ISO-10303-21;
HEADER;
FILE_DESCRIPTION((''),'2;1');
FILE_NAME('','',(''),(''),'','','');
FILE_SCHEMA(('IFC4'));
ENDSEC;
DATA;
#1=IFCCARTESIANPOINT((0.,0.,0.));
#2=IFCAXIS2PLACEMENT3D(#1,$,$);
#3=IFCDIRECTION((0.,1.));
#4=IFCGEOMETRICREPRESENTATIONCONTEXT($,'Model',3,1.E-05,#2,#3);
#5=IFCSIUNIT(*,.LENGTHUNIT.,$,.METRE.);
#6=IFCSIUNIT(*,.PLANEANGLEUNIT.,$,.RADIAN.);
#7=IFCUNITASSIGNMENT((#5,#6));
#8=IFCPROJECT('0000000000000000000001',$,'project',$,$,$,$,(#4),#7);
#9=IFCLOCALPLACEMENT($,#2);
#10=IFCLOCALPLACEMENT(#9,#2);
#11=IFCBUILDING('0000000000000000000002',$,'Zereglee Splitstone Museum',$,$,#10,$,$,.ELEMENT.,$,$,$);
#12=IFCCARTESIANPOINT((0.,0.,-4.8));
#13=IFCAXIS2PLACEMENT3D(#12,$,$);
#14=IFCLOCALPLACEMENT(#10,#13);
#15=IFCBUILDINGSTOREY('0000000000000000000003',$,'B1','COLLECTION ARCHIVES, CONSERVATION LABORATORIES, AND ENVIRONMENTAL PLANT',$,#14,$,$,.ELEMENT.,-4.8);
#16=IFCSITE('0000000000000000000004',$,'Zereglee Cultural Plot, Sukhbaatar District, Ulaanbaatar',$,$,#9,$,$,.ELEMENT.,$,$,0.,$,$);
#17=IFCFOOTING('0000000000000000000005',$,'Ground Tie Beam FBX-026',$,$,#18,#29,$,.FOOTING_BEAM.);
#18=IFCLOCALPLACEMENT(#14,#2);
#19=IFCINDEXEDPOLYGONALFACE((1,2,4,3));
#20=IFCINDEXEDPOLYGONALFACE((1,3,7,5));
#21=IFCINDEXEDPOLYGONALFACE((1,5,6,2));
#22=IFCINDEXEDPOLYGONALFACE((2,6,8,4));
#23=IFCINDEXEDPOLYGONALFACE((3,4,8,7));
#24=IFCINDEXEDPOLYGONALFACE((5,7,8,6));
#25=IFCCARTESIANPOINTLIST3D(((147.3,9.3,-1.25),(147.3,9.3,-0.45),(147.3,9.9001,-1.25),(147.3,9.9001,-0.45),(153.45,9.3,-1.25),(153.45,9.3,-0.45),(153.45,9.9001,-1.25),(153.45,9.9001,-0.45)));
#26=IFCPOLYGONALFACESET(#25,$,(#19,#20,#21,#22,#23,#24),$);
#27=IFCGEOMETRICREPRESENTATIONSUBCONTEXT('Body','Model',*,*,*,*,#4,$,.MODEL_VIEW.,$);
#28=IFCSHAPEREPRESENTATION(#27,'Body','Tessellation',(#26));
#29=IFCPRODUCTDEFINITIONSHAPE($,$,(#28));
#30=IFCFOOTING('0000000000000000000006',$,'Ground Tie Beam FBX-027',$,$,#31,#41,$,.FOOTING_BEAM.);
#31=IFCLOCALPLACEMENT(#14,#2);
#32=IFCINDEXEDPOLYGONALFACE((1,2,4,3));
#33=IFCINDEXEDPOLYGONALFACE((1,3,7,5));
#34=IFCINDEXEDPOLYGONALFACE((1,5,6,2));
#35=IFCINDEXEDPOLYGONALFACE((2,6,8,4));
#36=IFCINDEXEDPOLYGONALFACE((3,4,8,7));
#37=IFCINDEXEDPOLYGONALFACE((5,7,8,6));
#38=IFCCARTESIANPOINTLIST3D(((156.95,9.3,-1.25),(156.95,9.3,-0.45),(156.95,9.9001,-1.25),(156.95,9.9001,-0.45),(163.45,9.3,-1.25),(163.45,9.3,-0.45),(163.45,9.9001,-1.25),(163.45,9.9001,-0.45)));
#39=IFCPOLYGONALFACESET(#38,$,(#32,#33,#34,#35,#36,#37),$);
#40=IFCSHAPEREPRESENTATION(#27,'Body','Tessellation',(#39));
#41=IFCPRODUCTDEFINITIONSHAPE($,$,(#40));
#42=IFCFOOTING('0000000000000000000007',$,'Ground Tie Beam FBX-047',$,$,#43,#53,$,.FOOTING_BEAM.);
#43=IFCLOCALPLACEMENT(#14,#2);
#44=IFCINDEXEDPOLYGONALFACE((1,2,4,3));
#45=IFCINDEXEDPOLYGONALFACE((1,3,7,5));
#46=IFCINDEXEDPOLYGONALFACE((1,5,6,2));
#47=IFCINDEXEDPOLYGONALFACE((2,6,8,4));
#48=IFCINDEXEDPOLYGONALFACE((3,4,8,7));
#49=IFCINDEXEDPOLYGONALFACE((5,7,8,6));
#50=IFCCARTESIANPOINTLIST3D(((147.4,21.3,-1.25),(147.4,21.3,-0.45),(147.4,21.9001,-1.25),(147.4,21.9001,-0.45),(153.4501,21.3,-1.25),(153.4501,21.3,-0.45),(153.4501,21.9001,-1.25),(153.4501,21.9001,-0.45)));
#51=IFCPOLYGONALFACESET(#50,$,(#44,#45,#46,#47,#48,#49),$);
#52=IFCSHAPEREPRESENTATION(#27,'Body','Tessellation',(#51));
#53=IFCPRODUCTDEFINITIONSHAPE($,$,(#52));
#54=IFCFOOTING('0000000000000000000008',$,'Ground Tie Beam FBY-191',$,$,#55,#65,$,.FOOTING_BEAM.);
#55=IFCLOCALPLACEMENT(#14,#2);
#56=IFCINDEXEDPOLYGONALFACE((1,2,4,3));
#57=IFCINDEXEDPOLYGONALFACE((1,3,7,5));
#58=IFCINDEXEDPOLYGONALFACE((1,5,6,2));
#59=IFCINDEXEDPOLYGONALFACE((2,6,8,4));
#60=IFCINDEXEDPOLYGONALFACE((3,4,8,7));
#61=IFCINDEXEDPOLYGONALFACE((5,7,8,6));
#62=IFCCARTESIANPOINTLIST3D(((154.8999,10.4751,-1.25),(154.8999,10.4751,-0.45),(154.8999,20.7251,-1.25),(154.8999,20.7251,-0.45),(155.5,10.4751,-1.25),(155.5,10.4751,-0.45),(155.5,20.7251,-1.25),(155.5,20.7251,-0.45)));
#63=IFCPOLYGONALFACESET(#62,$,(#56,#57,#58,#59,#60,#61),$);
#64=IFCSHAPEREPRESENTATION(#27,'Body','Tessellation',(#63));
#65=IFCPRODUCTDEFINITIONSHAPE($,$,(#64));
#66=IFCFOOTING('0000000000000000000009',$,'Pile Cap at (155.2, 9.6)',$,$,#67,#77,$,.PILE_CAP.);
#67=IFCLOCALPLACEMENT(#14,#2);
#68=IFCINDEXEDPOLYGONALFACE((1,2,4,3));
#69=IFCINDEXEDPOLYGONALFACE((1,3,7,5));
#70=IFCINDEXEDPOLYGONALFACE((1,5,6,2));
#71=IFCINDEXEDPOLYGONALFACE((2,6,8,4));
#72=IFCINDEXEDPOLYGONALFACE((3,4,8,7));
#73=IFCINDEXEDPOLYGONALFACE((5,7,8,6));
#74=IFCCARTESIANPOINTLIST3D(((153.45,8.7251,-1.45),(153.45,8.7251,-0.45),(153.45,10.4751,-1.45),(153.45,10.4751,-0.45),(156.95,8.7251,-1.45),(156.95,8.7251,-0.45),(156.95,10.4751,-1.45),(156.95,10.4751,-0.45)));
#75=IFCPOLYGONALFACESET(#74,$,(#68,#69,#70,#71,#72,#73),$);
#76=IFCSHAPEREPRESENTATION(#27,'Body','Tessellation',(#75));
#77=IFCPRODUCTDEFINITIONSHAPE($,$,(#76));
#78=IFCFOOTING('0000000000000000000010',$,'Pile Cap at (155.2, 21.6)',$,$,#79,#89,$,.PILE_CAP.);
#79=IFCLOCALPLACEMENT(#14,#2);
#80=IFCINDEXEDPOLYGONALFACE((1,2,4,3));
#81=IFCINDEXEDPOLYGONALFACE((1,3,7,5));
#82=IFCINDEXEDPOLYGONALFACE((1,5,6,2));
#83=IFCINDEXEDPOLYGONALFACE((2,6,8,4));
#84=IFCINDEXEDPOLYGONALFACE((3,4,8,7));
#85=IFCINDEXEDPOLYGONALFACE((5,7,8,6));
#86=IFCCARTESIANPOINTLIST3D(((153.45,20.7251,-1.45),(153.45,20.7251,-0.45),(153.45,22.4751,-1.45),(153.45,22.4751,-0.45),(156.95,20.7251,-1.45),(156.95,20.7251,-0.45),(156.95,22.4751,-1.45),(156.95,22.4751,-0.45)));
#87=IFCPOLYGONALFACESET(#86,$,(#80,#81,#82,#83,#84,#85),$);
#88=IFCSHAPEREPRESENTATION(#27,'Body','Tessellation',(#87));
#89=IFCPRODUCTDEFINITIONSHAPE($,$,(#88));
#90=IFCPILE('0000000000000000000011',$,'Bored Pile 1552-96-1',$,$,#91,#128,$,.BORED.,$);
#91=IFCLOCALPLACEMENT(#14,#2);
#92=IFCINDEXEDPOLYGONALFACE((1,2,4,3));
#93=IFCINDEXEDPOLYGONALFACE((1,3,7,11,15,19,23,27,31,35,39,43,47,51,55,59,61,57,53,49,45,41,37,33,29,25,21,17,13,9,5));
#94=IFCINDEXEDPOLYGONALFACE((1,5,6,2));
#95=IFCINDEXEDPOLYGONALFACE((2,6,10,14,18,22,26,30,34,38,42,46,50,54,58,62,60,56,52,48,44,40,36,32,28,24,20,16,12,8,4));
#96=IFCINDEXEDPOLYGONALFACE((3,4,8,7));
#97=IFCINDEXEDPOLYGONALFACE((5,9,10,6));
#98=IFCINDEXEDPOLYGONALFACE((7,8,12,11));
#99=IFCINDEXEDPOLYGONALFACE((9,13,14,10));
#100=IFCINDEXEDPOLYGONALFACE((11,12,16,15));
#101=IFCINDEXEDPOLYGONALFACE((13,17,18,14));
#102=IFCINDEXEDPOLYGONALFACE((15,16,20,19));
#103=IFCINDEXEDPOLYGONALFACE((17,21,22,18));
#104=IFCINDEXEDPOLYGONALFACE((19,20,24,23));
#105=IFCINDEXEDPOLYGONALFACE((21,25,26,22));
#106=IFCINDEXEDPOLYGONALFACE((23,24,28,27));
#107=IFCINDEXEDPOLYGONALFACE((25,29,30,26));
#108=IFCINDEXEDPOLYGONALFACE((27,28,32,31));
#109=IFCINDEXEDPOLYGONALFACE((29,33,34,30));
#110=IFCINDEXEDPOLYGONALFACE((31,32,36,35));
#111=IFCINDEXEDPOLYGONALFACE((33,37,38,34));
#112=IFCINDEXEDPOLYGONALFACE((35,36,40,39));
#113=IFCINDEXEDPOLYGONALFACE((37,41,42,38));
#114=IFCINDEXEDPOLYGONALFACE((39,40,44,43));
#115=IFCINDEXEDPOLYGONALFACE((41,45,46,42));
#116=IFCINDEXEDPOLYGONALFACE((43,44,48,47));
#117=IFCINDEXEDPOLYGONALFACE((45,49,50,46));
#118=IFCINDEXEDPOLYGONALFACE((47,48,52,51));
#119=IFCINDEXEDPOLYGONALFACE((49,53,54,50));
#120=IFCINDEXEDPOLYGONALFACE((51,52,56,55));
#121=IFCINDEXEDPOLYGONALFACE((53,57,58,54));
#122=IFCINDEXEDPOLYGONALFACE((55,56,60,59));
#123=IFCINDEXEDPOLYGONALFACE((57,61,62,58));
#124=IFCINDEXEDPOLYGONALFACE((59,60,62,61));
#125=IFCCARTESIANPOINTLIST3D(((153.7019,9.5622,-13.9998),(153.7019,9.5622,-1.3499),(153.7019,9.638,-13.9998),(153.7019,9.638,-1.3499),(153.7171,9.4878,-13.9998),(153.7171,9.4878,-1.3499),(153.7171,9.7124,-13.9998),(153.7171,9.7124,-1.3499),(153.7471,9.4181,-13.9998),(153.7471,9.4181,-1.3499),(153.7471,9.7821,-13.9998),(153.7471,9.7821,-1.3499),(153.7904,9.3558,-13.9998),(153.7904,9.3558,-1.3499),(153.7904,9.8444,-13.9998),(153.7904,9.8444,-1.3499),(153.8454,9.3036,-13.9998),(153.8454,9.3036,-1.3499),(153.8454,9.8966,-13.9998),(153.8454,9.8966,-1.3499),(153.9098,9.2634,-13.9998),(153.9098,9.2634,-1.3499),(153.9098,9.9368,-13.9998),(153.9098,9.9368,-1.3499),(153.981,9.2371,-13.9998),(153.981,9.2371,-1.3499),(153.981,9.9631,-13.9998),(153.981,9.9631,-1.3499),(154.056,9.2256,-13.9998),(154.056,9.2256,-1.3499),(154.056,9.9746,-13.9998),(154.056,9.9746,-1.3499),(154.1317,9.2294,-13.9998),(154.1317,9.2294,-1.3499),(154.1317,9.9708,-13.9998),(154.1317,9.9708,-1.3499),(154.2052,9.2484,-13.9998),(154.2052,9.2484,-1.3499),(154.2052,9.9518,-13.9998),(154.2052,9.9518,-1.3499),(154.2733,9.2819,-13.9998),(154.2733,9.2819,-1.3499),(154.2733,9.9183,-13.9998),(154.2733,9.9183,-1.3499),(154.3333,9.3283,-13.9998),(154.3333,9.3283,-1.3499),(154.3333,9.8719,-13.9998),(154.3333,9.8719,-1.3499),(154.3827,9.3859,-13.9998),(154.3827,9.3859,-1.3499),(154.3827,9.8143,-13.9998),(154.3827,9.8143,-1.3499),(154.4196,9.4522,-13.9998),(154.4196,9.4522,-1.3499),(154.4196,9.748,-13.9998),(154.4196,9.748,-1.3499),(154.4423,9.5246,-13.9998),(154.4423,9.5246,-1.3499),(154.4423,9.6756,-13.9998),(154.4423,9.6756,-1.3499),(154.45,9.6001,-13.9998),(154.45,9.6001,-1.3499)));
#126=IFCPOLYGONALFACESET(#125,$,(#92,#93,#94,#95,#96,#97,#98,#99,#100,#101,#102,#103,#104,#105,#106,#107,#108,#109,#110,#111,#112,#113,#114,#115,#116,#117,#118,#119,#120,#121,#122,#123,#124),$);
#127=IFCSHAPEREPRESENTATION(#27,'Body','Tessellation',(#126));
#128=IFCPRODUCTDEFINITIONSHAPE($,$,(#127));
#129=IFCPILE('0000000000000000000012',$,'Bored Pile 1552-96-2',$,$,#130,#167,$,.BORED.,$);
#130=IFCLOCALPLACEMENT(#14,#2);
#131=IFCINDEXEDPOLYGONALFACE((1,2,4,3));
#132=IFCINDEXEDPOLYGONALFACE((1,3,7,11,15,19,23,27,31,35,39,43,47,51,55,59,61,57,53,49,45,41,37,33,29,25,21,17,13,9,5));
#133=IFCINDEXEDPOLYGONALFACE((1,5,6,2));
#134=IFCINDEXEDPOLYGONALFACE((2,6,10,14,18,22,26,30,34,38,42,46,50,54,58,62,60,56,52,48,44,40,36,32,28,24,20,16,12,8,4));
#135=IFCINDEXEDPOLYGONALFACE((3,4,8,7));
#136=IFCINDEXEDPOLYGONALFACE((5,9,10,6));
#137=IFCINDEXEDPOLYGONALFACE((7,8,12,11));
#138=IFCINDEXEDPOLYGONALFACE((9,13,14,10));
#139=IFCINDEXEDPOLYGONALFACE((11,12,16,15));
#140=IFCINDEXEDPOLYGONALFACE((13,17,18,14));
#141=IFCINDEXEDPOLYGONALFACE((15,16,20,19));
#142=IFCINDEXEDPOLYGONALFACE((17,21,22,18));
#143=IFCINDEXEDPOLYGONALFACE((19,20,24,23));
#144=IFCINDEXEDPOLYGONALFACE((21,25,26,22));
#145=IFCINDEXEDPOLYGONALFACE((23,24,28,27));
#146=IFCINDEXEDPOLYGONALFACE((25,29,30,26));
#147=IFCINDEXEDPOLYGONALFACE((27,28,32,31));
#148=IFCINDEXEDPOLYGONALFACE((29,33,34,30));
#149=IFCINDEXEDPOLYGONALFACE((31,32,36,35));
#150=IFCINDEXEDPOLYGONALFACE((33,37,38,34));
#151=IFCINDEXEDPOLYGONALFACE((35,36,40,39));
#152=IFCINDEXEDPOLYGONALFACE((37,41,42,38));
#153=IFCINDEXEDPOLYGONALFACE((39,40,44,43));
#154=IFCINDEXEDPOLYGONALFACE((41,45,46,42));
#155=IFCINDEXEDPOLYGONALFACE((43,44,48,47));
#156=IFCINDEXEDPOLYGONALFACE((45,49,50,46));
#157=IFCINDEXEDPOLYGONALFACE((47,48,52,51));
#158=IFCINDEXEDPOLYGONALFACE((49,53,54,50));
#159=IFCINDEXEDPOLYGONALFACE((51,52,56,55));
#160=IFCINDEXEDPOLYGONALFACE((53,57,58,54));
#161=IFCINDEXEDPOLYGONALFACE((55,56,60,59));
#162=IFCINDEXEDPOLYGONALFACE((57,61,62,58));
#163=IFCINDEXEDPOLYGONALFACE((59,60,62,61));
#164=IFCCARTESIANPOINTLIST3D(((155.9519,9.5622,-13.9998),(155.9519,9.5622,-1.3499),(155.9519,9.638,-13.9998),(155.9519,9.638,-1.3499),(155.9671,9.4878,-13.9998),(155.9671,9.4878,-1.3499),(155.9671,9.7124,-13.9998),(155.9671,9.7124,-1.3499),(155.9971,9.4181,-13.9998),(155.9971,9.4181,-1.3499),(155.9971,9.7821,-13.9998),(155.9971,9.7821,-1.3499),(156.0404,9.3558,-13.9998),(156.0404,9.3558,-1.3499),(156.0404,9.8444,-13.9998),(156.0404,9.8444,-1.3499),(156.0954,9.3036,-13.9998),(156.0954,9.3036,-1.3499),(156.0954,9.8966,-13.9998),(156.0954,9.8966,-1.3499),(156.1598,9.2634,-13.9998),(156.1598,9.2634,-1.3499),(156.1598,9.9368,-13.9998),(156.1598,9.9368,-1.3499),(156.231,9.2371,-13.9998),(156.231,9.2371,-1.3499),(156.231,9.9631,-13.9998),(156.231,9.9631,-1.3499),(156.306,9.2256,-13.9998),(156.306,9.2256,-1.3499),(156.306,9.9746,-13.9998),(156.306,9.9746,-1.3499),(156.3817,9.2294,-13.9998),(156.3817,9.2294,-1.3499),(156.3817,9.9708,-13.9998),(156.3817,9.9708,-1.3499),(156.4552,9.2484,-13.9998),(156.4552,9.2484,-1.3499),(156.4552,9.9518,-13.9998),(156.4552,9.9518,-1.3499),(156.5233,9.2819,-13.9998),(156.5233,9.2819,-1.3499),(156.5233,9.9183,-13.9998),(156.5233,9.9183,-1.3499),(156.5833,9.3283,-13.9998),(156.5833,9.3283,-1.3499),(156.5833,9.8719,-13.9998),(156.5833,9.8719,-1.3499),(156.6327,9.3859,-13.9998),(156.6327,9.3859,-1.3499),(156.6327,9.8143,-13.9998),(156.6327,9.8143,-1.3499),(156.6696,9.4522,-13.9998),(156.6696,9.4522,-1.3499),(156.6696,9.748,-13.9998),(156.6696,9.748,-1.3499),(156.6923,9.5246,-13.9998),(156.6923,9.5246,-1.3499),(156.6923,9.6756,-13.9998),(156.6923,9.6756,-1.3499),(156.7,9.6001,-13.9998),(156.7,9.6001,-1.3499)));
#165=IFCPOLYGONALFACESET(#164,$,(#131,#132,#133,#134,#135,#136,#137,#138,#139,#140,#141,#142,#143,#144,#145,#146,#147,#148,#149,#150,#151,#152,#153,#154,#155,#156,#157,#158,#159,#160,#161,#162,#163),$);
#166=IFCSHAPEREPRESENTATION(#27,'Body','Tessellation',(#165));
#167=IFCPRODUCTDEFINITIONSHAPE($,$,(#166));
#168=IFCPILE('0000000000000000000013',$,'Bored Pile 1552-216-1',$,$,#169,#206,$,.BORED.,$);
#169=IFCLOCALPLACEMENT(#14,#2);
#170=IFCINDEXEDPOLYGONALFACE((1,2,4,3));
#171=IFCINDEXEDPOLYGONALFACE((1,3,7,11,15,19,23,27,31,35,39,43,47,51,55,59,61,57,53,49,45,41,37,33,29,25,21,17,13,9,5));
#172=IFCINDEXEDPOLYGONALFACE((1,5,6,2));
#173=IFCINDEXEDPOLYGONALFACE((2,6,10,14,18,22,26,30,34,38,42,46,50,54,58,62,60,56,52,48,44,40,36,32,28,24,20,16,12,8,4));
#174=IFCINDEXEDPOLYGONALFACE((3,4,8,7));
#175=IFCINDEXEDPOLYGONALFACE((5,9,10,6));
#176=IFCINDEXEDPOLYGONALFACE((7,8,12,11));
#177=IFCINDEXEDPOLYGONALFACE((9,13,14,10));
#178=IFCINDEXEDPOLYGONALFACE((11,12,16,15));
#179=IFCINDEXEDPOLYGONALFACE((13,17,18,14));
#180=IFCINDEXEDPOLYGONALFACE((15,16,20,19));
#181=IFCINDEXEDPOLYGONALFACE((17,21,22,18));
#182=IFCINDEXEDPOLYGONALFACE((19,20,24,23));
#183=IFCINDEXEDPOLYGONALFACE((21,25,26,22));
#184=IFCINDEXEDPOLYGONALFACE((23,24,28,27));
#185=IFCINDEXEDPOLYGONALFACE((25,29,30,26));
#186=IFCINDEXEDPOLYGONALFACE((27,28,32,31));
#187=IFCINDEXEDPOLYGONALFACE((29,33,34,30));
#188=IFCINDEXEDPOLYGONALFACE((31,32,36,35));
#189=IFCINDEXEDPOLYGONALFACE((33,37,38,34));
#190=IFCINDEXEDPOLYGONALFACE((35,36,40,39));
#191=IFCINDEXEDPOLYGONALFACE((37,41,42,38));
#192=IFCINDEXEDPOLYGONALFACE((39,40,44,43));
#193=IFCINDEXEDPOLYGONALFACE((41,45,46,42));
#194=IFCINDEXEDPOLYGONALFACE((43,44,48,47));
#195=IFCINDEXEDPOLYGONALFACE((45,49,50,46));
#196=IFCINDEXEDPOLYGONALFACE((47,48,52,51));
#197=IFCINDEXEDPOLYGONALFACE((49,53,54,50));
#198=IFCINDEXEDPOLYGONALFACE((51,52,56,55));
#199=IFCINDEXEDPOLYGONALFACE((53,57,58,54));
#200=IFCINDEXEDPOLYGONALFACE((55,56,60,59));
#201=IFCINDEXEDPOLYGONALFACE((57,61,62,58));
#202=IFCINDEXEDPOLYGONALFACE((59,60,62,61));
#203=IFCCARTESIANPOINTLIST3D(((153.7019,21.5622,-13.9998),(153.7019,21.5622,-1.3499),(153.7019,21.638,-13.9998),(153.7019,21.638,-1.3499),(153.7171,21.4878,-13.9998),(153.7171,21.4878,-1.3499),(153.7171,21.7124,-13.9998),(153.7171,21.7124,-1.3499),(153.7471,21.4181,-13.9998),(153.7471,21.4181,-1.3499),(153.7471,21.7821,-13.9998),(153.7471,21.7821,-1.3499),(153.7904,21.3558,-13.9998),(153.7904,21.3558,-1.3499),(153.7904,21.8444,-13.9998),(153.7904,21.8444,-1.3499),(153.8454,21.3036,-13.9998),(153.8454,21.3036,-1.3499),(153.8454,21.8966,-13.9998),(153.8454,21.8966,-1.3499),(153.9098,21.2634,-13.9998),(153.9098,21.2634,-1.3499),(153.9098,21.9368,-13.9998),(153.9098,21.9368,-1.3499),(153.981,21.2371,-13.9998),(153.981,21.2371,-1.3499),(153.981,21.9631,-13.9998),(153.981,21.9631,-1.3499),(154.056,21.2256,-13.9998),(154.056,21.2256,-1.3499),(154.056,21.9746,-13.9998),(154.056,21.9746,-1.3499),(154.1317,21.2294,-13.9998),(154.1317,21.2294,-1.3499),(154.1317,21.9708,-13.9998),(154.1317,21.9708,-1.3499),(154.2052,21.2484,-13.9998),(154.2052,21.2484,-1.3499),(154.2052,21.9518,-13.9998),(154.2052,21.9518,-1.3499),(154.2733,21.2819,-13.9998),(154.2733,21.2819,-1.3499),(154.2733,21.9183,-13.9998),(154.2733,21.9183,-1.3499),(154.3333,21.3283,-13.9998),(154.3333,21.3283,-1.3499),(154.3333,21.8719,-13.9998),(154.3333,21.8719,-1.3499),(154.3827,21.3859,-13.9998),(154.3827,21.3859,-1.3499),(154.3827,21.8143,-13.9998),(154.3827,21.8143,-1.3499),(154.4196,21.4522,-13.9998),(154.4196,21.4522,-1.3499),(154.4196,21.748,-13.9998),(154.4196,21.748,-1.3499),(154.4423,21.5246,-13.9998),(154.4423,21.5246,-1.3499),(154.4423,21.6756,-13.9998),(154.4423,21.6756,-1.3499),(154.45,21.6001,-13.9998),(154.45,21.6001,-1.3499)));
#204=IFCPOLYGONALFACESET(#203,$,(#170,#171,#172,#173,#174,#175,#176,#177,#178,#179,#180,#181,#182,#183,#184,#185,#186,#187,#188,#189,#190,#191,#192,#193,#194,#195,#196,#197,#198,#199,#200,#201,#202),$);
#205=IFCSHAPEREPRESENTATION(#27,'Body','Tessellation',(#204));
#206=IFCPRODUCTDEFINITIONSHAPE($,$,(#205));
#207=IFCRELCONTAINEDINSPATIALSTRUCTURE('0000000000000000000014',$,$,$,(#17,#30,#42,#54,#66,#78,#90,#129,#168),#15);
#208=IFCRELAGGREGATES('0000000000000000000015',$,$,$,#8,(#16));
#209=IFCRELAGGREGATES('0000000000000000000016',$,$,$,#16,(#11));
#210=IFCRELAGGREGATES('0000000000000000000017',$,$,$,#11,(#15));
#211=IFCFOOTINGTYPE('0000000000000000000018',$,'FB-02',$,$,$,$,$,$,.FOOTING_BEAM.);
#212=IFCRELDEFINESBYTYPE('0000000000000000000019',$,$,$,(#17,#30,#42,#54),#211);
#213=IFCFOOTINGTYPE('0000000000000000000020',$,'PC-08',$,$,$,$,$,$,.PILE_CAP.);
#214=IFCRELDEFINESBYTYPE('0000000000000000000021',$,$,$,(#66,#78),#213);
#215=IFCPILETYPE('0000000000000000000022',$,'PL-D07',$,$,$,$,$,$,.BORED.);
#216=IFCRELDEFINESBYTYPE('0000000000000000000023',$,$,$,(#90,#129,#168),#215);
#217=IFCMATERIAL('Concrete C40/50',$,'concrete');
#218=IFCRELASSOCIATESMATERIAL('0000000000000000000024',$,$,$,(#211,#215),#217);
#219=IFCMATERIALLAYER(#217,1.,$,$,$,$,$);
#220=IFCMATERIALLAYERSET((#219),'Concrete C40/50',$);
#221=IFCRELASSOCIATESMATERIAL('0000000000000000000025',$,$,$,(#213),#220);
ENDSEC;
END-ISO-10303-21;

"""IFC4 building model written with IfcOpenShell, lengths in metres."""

from ifc_helpers import new_model, si_unit, direction, frame, origin, origin_2d, place, context, subcontext, project, spatial, rectangle, circle, extrude, material, layer, layer_set, material_profile, profile_set, type_object, element, save


model = new_model("IFC4")

# Units and contexts
model_context = context("Model", 3, precision=1e-05, world=origin(), true_north=direction((0.0, 1.0)))
body_context = subcontext(model_context, "Body", "Model", "MODEL_VIEW")
ifc_project = project(units=[si_unit("LENGTHUNIT", "METRE"), si_unit("PLANEANGLEUNIT", "RADIAN")], contexts=[model_context])

# Site, building, storey
site_placement = place(None, origin())
site = spatial("IfcSite", under=ifc_project, at=site_placement, Name="Zereglee Cultural Plot, Sukhbaatar District, Ulaanbaatar", CompositionType="ELEMENT", RefElevation=0.0)
building_placement = place(site_placement, origin())
building = spatial("IfcBuilding", under=site, at=building_placement, Name="Zereglee Splitstone Museum", CompositionType="ELEMENT")
storey_placement = place(building_placement, frame((0.0, 0.0, -4.8)))
storey = spatial("IfcBuildingStorey", under=building, at=storey_placement, Name="B1", Description="COLLECTION ARCHIVES, CONSERVATION LABORATORIES, AND ENVIRONMENTAL PLANT", CompositionType="ELEMENT", Elevation=-4.8)

# Footings
ifc_material_1 = material(Name="Concrete C40/50", Category="concrete")
footing_type_1 = type_object("IfcFootingType", Name="FB-02", PredefinedType="FOOTING_BEAM", material=ifc_material_1)
footing_1_placement = place(storey_placement, frame((150.375, 9.6001, -1.25), z_axis=(0.0, 0.0, 1.0), x_axis=(1.0, 0.0, 0.0)))
element("IfcFooting", 1, at=footing_1_placement, inside=storey, type_object=footing_type_1, Name="Ground Tie Beam FBX-026", PredefinedType="FOOTING_BEAM", context=body_context, shape_type="SweptSolid", body=[
    extrude(rectangle(XDim=6.1499, YDim=0.6001, at=origin_2d()), origin(), (0.0, 0.0, 1.0), 0.8),
])
footing_2_placement = place(storey_placement, frame((160.2, 9.6001, -1.25), z_axis=(0.0, 0.0, 1.0), x_axis=(1.0, 0.0, 0.0)))
element("IfcFooting", 2, at=footing_2_placement, inside=storey, type_object=footing_type_1, Name="Ground Tie Beam FBX-027", PredefinedType="FOOTING_BEAM", context=body_context, shape_type="SweptSolid", body=[
    extrude(rectangle(XDim=6.5, YDim=0.6001, at=origin_2d()), origin(), (0.0, 0.0, 1.0), 0.8),
])
footing_3_placement = place(storey_placement, frame((150.425, 21.6001, -1.25), z_axis=(0.0, 0.0, 1.0), x_axis=(1.0, 0.0, 0.0)))
element("IfcFooting", 3, at=footing_3_placement, inside=storey, type_object=footing_type_1, Name="Ground Tie Beam FBX-047", PredefinedType="FOOTING_BEAM", context=body_context, shape_type="SweptSolid", body=[
    extrude(rectangle(XDim=6.05, YDim=0.6001, at=origin_2d()), origin(), (0.0, 0.0, 1.0), 0.8),
])
footing_4_placement = place(storey_placement, frame((155.2, 15.6001, -1.25), z_axis=(0.0, 0.0, 1.0), x_axis=(0.0, 1.0, 0.0)))
element("IfcFooting", 4, at=footing_4_placement, inside=storey, type_object=footing_type_1, Name="Ground Tie Beam FBY-191", PredefinedType="FOOTING_BEAM", context=body_context, shape_type="SweptSolid", body=[
    extrude(rectangle(XDim=10.25, YDim=0.6001, at=origin_2d()), origin(), (0.0, 0.0, 1.0), 0.8),
])
ifc_layer_1 = layer(ifc_material_1, 1.0)
ifc_layer_set_1 = layer_set([ifc_layer_1], Name="Concrete C40/50")
footing_type_2 = type_object("IfcFootingType", Name="PC-08", PredefinedType="PILE_CAP", material=ifc_layer_set_1)
for number, where, z_axis, x_axis, name in (
    (5, (155.2, 9.6001, -1.45), (0.0, 0.0, 1.0), (1.0, 0.0, 0.0), "Pile Cap at (155.2, 9.6)"),
    (6, (155.2, 21.6001, -1.45), (0.0, 0.0, 1.0), (1.0, 0.0, 0.0), "Pile Cap at (155.2, 21.6)"),
):
    element("IfcFooting", number, at=place(storey_placement, frame(where, z_axis=z_axis, x_axis=x_axis)), inside=storey, type_object=footing_type_2, Name=name, PredefinedType="PILE_CAP", context=body_context, shape_type="SweptSolid", body=[
        extrude(rectangle(XDim=3.5, YDim=1.75, at=origin_2d()), origin(), (0.0, 0.0, 1.0), 1.0),
    ])

# Piles
ifc_material_profile_1 = material_profile(ifc_material_1, circle(Radius=0.375, at=origin_2d()), Name="PILE D750")
ifc_profile_set_1 = profile_set([ifc_material_profile_1], Name="Concrete C40/50")
pile_type_1 = type_object("IfcPileType", Name="PL-D07", PredefinedType="BORED", material=ifc_profile_set_1)
for number, where, z_axis, x_axis, name in (
    (7, (154.075, 9.6001, -1.3499), (0.0, 0.0, -1.0), (1.0, 0.0, 0.0), "Bored Pile 1552-96-1"),
    (8, (156.325, 9.6001, -1.3499), (0.0, 0.0, -1.0), (1.0, 0.0, 0.0), "Bored Pile 1552-96-2"),
    (9, (154.075, 21.6001, -1.3499), (0.0, 0.0, -1.0), (1.0, 0.0, 0.0), "Bored Pile 1552-216-1"),
):
    element("IfcPile", number, at=place(storey_placement, frame(where, z_axis=z_axis, x_axis=x_axis)), inside=storey, type_object=pile_type_1, Name=name, PredefinedType="BORED", context=body_context, shape_type="SweptSolid", body=[
        extrude(circle(Radius=0.375, at=origin_2d()), origin(), (0.0, 0.0, 1.0), 12.6499),
    ])

save(model, "model.ifc")
